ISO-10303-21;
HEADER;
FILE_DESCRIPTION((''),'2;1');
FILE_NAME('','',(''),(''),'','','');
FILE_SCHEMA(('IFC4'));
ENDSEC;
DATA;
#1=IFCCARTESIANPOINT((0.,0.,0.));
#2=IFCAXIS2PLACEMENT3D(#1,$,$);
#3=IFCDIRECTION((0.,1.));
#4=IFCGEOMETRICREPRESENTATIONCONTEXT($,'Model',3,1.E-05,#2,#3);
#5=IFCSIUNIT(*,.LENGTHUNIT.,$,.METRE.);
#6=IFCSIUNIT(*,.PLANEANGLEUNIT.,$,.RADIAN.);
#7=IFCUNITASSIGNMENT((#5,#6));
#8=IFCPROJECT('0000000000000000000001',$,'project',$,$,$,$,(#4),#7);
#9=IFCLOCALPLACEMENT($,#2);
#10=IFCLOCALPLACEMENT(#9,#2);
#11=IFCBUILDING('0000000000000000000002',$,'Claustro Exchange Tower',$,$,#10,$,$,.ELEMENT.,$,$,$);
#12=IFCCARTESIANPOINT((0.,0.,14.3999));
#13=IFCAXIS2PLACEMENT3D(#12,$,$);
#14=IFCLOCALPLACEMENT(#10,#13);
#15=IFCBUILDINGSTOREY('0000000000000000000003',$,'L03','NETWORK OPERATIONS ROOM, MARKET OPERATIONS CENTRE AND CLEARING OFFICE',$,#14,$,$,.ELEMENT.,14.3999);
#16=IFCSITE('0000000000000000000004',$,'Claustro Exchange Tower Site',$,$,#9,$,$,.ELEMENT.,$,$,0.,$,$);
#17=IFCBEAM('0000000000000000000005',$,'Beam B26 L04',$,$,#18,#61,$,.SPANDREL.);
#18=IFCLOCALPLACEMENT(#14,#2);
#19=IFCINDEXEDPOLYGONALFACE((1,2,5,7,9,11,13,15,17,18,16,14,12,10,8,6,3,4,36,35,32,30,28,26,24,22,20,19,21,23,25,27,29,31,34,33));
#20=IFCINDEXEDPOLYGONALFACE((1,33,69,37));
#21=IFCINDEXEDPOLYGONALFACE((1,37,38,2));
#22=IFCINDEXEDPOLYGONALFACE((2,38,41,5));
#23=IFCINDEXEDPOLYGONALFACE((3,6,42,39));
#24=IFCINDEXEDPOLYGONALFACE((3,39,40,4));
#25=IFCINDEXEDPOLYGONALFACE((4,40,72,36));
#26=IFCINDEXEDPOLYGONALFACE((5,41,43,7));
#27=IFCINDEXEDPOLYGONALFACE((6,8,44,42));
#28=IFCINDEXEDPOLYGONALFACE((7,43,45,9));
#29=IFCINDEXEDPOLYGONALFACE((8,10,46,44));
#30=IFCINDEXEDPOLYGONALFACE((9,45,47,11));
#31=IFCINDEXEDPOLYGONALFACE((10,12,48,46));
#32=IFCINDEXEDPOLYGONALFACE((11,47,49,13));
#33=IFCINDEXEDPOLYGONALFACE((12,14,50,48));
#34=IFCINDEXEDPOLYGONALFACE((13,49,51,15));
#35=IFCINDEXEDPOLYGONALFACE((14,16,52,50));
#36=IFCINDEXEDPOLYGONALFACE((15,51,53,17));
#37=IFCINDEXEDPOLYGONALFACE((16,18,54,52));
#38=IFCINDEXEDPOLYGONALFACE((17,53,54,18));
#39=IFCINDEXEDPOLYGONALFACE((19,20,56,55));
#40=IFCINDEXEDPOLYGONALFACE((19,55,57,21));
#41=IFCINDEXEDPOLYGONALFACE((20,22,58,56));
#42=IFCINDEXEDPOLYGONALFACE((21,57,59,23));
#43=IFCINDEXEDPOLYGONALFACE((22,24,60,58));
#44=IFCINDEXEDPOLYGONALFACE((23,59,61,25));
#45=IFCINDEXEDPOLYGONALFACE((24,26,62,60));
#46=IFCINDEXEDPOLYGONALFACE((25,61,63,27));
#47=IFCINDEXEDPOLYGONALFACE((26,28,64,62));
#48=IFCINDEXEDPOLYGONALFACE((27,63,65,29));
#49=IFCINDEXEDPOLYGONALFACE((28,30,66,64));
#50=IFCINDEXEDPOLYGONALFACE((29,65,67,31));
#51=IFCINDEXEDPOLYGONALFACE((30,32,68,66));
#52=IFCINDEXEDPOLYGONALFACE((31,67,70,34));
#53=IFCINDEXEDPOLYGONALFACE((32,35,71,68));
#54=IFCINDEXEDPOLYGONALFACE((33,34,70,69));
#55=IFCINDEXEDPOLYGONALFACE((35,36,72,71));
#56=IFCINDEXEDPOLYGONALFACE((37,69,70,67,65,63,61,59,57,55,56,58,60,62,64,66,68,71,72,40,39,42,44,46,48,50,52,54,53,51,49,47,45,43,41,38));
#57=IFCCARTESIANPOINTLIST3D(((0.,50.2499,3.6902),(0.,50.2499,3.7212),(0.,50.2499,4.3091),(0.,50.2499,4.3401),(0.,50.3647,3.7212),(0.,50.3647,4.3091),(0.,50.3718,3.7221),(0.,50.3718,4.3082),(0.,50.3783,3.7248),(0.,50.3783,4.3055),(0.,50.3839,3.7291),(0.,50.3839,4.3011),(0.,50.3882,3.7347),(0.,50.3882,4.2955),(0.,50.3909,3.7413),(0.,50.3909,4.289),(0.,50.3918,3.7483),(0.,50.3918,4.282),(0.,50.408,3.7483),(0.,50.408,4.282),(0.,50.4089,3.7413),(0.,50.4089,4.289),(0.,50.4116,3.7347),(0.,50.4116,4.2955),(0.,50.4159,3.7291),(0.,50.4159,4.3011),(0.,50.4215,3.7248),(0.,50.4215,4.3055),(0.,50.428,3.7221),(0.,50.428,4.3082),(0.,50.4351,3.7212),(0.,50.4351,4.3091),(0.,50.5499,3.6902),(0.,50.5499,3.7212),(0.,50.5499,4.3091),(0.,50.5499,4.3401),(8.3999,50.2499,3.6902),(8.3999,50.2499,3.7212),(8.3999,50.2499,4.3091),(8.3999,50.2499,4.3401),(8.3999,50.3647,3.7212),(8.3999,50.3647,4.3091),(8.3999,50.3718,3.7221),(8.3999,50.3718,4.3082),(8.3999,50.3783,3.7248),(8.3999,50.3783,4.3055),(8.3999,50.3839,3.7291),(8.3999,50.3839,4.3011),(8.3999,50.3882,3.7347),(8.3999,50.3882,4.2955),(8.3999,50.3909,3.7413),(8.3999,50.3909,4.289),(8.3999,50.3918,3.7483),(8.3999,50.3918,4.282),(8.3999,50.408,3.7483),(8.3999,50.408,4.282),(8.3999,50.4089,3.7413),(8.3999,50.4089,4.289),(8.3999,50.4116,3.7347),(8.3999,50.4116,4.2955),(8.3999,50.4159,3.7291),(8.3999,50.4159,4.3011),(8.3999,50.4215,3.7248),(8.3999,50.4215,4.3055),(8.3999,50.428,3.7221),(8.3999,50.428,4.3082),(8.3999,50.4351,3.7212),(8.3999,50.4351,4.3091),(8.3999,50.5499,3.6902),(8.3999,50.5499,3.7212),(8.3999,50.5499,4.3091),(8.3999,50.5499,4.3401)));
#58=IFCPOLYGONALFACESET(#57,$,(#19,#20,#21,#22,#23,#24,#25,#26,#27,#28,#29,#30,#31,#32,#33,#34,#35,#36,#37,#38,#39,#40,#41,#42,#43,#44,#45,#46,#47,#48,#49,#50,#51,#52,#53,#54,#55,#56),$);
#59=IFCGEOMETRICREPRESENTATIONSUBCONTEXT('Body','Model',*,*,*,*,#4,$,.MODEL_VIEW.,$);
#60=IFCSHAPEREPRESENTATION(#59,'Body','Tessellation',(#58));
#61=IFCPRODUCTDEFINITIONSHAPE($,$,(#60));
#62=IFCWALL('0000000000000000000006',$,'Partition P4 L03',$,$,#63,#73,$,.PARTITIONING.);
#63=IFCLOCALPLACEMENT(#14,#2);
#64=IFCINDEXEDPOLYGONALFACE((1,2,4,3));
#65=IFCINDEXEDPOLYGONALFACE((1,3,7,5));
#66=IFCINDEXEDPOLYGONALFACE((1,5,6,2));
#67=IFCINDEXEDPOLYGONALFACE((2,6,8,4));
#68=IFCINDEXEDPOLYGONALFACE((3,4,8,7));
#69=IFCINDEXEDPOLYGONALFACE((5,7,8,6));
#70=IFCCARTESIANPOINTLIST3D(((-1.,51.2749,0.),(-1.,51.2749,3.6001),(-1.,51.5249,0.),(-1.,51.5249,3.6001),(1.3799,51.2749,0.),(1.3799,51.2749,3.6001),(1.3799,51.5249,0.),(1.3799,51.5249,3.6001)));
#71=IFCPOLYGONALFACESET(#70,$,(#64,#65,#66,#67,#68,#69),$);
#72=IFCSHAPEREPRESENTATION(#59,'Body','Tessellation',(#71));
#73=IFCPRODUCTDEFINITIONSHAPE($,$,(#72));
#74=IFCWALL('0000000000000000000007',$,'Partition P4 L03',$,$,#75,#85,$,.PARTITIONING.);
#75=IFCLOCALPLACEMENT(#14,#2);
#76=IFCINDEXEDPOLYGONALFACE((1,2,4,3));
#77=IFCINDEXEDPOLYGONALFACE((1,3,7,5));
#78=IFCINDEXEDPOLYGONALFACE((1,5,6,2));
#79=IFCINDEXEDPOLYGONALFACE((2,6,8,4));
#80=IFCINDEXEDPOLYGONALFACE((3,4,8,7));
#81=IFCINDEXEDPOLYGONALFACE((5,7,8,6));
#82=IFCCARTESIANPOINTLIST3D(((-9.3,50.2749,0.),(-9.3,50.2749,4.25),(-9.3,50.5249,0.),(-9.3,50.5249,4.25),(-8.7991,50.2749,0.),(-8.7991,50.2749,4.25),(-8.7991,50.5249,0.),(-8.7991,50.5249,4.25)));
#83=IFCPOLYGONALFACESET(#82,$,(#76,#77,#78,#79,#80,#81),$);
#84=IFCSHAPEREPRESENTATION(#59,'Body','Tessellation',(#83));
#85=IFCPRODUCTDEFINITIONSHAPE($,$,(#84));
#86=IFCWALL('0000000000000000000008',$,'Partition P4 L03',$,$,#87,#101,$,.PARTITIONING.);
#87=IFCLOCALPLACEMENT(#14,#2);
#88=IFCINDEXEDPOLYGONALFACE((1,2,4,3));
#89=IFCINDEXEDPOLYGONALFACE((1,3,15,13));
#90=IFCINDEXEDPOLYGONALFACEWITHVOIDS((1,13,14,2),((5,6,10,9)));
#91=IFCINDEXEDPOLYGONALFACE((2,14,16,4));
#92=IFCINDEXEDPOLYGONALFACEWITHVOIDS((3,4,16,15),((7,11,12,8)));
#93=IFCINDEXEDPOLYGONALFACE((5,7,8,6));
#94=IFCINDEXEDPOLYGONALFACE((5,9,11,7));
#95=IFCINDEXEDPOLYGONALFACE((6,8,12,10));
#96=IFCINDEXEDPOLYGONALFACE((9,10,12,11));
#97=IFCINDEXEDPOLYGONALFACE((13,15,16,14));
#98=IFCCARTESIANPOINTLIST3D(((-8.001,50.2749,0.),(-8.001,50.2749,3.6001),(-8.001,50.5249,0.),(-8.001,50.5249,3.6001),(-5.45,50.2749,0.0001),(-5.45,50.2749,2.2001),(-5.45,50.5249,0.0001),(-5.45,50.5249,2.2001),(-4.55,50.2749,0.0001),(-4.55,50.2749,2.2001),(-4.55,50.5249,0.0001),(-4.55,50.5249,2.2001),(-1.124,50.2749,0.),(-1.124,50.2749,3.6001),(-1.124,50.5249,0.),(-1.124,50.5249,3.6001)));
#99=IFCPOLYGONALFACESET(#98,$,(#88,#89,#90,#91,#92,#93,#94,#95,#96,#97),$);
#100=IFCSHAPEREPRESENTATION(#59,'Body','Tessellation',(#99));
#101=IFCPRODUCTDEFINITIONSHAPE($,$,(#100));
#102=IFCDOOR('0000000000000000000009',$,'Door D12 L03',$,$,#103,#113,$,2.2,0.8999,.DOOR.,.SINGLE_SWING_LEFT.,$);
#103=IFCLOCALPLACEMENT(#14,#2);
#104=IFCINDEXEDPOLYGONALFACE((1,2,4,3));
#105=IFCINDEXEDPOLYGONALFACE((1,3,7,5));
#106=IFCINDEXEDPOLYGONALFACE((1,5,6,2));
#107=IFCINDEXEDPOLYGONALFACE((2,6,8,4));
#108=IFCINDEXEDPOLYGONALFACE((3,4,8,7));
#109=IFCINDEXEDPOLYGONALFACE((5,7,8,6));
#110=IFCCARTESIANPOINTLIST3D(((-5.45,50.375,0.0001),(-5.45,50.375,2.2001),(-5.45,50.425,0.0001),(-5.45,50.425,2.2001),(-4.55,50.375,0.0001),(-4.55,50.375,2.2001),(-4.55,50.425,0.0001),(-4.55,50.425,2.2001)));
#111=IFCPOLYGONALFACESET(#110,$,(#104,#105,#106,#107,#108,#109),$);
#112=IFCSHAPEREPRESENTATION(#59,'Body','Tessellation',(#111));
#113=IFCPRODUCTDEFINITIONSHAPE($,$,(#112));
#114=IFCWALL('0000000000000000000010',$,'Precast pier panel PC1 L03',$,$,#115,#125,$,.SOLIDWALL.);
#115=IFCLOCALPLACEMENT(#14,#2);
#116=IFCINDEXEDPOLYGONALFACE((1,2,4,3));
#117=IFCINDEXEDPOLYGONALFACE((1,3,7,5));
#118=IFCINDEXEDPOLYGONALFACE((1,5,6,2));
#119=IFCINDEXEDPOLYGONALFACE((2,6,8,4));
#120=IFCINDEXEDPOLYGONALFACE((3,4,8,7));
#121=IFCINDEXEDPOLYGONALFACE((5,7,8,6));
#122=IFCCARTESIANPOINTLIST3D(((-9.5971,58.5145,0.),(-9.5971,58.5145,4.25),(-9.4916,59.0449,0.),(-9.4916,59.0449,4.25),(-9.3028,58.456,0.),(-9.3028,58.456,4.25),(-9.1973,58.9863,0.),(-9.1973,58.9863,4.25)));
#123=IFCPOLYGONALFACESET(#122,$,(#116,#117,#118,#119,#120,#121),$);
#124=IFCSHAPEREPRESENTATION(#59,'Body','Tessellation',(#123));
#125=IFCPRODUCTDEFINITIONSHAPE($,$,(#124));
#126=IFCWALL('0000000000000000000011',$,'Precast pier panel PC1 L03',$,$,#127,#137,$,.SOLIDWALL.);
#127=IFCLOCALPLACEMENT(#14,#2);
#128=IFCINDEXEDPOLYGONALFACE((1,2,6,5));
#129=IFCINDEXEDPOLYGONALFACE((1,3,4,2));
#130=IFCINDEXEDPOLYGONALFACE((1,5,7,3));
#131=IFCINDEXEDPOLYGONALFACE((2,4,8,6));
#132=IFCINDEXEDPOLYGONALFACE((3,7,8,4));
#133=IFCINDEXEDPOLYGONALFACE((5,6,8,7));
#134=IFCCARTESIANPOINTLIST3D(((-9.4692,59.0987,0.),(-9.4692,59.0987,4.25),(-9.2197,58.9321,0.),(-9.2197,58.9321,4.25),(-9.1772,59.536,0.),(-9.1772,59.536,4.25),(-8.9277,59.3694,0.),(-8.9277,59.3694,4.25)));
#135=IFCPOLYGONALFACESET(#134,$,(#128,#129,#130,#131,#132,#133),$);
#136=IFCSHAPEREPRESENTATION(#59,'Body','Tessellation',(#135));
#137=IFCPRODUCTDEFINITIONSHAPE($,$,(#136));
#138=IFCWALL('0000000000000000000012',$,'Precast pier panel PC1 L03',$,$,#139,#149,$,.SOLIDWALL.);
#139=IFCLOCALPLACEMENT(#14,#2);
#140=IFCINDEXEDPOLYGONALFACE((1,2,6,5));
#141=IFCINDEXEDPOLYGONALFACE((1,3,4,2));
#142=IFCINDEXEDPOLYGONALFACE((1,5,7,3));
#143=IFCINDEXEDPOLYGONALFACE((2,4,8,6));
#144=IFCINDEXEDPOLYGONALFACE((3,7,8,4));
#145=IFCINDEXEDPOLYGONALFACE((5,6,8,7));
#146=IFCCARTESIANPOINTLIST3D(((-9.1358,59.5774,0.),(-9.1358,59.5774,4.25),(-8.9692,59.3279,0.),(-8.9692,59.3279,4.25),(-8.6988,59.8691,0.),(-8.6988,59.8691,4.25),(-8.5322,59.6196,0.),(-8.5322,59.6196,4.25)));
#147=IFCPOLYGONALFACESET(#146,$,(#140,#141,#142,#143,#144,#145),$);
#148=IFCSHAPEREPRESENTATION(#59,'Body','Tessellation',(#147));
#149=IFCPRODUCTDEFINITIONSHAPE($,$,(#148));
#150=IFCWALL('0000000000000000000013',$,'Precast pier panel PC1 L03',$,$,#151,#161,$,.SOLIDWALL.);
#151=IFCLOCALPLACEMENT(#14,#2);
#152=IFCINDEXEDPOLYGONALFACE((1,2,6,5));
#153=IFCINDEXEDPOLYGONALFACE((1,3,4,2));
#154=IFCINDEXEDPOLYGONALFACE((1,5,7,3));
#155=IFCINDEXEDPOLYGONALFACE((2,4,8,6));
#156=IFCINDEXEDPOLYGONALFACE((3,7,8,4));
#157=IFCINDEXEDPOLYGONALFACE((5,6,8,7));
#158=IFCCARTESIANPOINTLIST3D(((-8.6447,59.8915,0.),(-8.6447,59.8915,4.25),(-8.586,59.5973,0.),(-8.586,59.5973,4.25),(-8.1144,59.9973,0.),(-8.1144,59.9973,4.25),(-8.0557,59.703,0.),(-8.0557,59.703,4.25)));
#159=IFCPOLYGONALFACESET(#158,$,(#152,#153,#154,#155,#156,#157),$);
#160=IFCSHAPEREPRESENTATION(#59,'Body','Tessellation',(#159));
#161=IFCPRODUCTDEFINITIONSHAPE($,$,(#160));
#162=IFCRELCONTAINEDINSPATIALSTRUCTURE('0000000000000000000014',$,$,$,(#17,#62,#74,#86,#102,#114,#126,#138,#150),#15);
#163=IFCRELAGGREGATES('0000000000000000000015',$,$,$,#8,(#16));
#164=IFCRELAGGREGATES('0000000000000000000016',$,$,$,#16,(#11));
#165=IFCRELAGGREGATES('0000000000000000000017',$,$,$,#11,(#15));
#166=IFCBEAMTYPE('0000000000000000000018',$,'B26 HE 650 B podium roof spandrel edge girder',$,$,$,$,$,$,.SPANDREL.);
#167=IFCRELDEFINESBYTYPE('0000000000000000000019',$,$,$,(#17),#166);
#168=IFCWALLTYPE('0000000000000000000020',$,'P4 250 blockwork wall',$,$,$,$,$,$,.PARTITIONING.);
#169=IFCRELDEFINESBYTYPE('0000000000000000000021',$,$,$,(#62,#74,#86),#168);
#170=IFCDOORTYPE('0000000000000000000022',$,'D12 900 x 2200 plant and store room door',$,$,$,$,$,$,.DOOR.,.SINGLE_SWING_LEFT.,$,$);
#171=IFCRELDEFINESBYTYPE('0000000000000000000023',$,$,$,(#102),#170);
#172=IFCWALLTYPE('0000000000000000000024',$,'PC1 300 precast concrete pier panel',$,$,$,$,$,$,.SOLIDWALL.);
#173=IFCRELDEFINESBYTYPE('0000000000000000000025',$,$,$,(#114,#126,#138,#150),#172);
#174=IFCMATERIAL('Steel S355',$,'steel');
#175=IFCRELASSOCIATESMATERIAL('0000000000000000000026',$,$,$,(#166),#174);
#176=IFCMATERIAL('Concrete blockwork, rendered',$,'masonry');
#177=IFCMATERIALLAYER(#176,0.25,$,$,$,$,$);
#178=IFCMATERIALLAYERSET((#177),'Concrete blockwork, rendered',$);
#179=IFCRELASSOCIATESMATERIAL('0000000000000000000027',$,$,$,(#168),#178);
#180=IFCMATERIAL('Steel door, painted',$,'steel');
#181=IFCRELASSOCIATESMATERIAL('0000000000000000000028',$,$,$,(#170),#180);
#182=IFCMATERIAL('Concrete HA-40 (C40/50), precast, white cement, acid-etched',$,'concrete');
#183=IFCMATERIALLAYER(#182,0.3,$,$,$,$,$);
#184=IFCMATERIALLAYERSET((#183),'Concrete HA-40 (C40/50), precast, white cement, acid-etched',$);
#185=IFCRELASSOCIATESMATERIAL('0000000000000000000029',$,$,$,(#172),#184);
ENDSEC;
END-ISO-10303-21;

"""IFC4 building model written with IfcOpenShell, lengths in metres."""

from ifc_helpers import new_model, si_unit, direction, frame, frame_2d, origin, origin_2d, place, context, subcontext, project, spatial, rectangle, i_section, extrude, material, layer, layer_set, material_profile, profile_set, type_object, element, fill, save


model = new_model("IFC4")

# Units and contexts
model_context = context("Model", 3, precision=1e-05, world=origin(), true_north=direction((0.0, 1.0)))
body_context = subcontext(model_context, "Body", "Model", "MODEL_VIEW")
ifc_project = project(units=[si_unit("LENGTHUNIT", "METRE"), si_unit("PLANEANGLEUNIT", "RADIAN")], contexts=[model_context])

# Site, building, storey
site_placement = place(None, origin())
site = spatial("IfcSite", under=ifc_project, at=site_placement, Name="Claustro Exchange Tower Site", CompositionType="ELEMENT", RefElevation=0.0)
building_placement = place(site_placement, origin())
building = spatial("IfcBuilding", under=site, at=building_placement, Name="Claustro Exchange Tower", CompositionType="ELEMENT")
storey_placement = place(building_placement, frame((0.0, 0.0, 14.3999)))
storey = spatial("IfcBuildingStorey", under=building, at=storey_placement, Name="L03", Description="NETWORK OPERATIONS ROOM, MARKET OPERATIONS CENTRE AND CLEARING OFFICE", CompositionType="ELEMENT", Elevation=14.3999)

# Beam
ifc_material_1 = material(Name="Steel S355", Category="steel")
ifc_material_profile_1 = material_profile(ifc_material_1, i_section(OverallWidth=0.3, OverallDepth=0.6499, WebThickness=0.0161, FlangeThickness=0.031, FilletRadius=0.0271, at=origin_2d()), Name="HE 650 B")
ifc_profile_set_1 = profile_set([ifc_material_profile_1], Name="Steel S355")
beam_type_1 = type_object("IfcBeamType", Name="B26 HE 650 B podium roof spandrel edge girder", PredefinedType="SPANDREL", material=ifc_profile_set_1)
for number, where, z_axis, x_axis, name in (
    (1, (0.0, 50.3999, 4.0151), (1.0, 0.0, 0.0), (0.0, 1.0, 0.0), "Beam B26 L04"),
):
    element("IfcBeam", number, at=place(storey_placement, frame(where, z_axis=z_axis, x_axis=x_axis)), inside=storey, type_object=beam_type_1, Name=name, PredefinedType="SPANDREL", context=body_context, shape_type="SweptSolid", body=[
        extrude(i_section(OverallWidth=0.3, OverallDepth=0.6499, WebThickness=0.0161, FlangeThickness=0.031, FilletRadius=0.0271, at=origin_2d()), origin(), (0.0, 0.0, 1.0), 8.3999),
    ])

# Walls
ifc_material_2 = material(Name="Concrete blockwork, rendered", Category="masonry")
ifc_layer_1 = layer(ifc_material_2, 0.25)
ifc_layer_set_1 = layer_set([ifc_layer_1], Name="Concrete blockwork, rendered")
wall_type_1 = type_object("IfcWallType", Name="P4 250 blockwork wall", PredefinedType="PARTITIONING", material=ifc_layer_set_1)
wall_1_placement = place(storey_placement, frame((-1.0, 51.3999, 0.0), z_axis=(0.0, 0.0, 1.0), x_axis=(1.0, 0.0, 0.0)))
element("IfcWall", 2, at=wall_1_placement, inside=storey, type_object=wall_type_1, Name="Partition P4 L03", PredefinedType="PARTITIONING", context=body_context, shape_type="SweptSolid", body=[
    extrude(rectangle(XDim=2.3799, YDim=0.25, at=frame_2d((1.1899, 0.0))), origin(), (0.0, 0.0, 1.0), 3.6001),
])
wall_2_placement = place(storey_placement, frame((-9.3, 50.3999, 0.0), z_axis=(0.0, 0.0, 1.0), x_axis=(1.0, 0.0, 0.0)))
element("IfcWall", 3, at=wall_2_placement, inside=storey, type_object=wall_type_1, Name="Partition P4 L03", PredefinedType="PARTITIONING", context=body_context, shape_type="SweptSolid", body=[
    extrude(rectangle(XDim=0.501, YDim=0.25, at=frame_2d((0.2505, 0.0))), origin(), (0.0, 0.0, 1.0), 4.25),
])

# Wall, opening, door
wall_3_placement = place(storey_placement, frame((-8.001, 50.3999, 0.0), z_axis=(0.0, 0.0, 1.0), x_axis=(1.0, 0.0, 0.0)))
wall_3 = element("IfcWall", 4, at=wall_3_placement, inside=storey, type_object=wall_type_1, Name="Partition P4 L03", PredefinedType="PARTITIONING", context=body_context, shape_type="SweptSolid", body=[
    extrude(rectangle(XDim=6.877, YDim=0.25, at=frame_2d((3.4385, 0.0))), origin(), (0.0, 0.0, 1.0), 3.6001),
])
opening_1_placement = place(wall_3_placement, frame((2.551, 0.0, 0.0)))
opening_1 = element("IfcOpeningElement", 5, at=opening_1_placement, cuts=wall_3, PredefinedType="OPENING", context=body_context, shape_type="SweptSolid", body=[
    extrude(rectangle(XDim=0.8999, YDim=2.2, at=frame_2d((0.45, 1.1001))), frame((0.0, 0.135, 0.0), z_axis=(0.0, -1.0, 0.0), x_axis=(1.0, 0.0, 0.0)), (0.0, 0.0, 1.0), 0.27),
])
ifc_material_3 = material(Name="Steel door, painted", Category="steel")
door_type = type_object("IfcDoorType", Name="D12 900 x 2200 plant and store room door", OperationType="SINGLE_SWING_LEFT", PredefinedType="DOOR", material=ifc_material_3)
door_placement = place(opening_1_placement, frame((0.8999, 0.0, 0.0), z_axis=(0.0, 0.0, 1.0), x_axis=(-1.0, 0.0, 0.0)))
door = element("IfcDoor", 6, at=door_placement, inside=storey, type_object=door_type, Name="Door D12 L03", OperationType="SINGLE_SWING_LEFT", OverallHeight=2.2, OverallWidth=0.8999, PredefinedType="DOOR", context=body_context, shape_type="SweptSolid", body=[
    extrude(rectangle(XDim=0.8999, YDim=2.2, at=frame_2d((0.45, 1.1001))), frame((0.0, 0.0249, 0.0), z_axis=(0.0, -1.0, 0.0), x_axis=(1.0, 0.0, 0.0)), (0.0, 0.0, 1.0), 0.05),
])
fill(opening_1, door)

# Walls
ifc_material_4 = material(Name="Concrete HA-40 (C40/50), precast, white cement, acid-etched", Category="concrete")
ifc_layer_2 = layer(ifc_material_4, 0.3)
ifc_layer_set_2 = layer_set([ifc_layer_2], Name="Concrete HA-40 (C40/50), precast, white cement, acid-etched")
wall_type_2 = type_object("IfcWallType", Name="PC1 300 precast concrete pier panel", PredefinedType="SOLIDWALL", material=ifc_layer_set_2)
wall_4_placement = place(storey_placement, frame((-9.45, 58.4851, 0.0), z_axis=(0.0, 0.0, 1.0), x_axis=(0.195074, 0.980789, 0.0)))
element("IfcWall", 7, at=wall_4_placement, inside=storey, type_object=wall_type_2, Name="Precast pier panel PC1 L03", PredefinedType="SOLIDWALL", context=body_context, shape_type="SweptSolid", body=[
    extrude(rectangle(XDim=0.5408, YDim=0.3, at=frame_2d((0.2705, 0.0))), origin(), (0.0, 0.0, 1.0), 4.25),
])
wall_5_placement = place(storey_placement, frame((-9.3445, 59.0154, 0.0), z_axis=(0.0, 0.0, 1.0), x_axis=(0.555343, 0.831621, 0.0)))
element("IfcWall", 8, at=wall_5_placement, inside=storey, type_object=wall_type_2, Name="Precast pier panel PC1 L03", PredefinedType="SOLIDWALL", context=body_context, shape_type="SweptSolid", body=[
    extrude(rectangle(XDim=0.5259, YDim=0.3, at=frame_2d((0.2629, 0.0))), origin(), (0.0, 0.0, 1.0), 4.25),
])
wall_6_placement = place(storey_placement, frame((-9.0525, 59.4526, 0.0), z_axis=(0.0, 0.0, 1.0), x_axis=(0.831693, 0.555236, 0.0)))
element("IfcWall", 9, at=wall_6_placement, inside=storey, type_object=wall_type_2, Name="Precast pier panel PC1 L03", PredefinedType="SOLIDWALL", context=body_context, shape_type="SweptSolid", body=[
    extrude(rectangle(XDim=0.5254, YDim=0.3, at=frame_2d((0.2627, 0.0))), origin(), (0.0, 0.0, 1.0), 4.25),
])
wall_7_placement = place(storey_placement, frame((-8.6155, 59.7444, 0.0), z_axis=(0.0, 0.0, 1.0), x_axis=(0.980702, 0.195508, 0.0)))
element("IfcWall", 10, at=wall_7_placement, inside=storey, type_object=wall_type_2, Name="Precast pier panel PC1 L03", PredefinedType="SOLIDWALL", context=body_context, shape_type="SweptSolid", body=[
    extrude(rectangle(XDim=0.5408, YDim=0.3, at=frame_2d((0.2705, 0.0))), origin(), (0.0, 0.0, 1.0), 4.25),
])

save(model, "model.ifc")
